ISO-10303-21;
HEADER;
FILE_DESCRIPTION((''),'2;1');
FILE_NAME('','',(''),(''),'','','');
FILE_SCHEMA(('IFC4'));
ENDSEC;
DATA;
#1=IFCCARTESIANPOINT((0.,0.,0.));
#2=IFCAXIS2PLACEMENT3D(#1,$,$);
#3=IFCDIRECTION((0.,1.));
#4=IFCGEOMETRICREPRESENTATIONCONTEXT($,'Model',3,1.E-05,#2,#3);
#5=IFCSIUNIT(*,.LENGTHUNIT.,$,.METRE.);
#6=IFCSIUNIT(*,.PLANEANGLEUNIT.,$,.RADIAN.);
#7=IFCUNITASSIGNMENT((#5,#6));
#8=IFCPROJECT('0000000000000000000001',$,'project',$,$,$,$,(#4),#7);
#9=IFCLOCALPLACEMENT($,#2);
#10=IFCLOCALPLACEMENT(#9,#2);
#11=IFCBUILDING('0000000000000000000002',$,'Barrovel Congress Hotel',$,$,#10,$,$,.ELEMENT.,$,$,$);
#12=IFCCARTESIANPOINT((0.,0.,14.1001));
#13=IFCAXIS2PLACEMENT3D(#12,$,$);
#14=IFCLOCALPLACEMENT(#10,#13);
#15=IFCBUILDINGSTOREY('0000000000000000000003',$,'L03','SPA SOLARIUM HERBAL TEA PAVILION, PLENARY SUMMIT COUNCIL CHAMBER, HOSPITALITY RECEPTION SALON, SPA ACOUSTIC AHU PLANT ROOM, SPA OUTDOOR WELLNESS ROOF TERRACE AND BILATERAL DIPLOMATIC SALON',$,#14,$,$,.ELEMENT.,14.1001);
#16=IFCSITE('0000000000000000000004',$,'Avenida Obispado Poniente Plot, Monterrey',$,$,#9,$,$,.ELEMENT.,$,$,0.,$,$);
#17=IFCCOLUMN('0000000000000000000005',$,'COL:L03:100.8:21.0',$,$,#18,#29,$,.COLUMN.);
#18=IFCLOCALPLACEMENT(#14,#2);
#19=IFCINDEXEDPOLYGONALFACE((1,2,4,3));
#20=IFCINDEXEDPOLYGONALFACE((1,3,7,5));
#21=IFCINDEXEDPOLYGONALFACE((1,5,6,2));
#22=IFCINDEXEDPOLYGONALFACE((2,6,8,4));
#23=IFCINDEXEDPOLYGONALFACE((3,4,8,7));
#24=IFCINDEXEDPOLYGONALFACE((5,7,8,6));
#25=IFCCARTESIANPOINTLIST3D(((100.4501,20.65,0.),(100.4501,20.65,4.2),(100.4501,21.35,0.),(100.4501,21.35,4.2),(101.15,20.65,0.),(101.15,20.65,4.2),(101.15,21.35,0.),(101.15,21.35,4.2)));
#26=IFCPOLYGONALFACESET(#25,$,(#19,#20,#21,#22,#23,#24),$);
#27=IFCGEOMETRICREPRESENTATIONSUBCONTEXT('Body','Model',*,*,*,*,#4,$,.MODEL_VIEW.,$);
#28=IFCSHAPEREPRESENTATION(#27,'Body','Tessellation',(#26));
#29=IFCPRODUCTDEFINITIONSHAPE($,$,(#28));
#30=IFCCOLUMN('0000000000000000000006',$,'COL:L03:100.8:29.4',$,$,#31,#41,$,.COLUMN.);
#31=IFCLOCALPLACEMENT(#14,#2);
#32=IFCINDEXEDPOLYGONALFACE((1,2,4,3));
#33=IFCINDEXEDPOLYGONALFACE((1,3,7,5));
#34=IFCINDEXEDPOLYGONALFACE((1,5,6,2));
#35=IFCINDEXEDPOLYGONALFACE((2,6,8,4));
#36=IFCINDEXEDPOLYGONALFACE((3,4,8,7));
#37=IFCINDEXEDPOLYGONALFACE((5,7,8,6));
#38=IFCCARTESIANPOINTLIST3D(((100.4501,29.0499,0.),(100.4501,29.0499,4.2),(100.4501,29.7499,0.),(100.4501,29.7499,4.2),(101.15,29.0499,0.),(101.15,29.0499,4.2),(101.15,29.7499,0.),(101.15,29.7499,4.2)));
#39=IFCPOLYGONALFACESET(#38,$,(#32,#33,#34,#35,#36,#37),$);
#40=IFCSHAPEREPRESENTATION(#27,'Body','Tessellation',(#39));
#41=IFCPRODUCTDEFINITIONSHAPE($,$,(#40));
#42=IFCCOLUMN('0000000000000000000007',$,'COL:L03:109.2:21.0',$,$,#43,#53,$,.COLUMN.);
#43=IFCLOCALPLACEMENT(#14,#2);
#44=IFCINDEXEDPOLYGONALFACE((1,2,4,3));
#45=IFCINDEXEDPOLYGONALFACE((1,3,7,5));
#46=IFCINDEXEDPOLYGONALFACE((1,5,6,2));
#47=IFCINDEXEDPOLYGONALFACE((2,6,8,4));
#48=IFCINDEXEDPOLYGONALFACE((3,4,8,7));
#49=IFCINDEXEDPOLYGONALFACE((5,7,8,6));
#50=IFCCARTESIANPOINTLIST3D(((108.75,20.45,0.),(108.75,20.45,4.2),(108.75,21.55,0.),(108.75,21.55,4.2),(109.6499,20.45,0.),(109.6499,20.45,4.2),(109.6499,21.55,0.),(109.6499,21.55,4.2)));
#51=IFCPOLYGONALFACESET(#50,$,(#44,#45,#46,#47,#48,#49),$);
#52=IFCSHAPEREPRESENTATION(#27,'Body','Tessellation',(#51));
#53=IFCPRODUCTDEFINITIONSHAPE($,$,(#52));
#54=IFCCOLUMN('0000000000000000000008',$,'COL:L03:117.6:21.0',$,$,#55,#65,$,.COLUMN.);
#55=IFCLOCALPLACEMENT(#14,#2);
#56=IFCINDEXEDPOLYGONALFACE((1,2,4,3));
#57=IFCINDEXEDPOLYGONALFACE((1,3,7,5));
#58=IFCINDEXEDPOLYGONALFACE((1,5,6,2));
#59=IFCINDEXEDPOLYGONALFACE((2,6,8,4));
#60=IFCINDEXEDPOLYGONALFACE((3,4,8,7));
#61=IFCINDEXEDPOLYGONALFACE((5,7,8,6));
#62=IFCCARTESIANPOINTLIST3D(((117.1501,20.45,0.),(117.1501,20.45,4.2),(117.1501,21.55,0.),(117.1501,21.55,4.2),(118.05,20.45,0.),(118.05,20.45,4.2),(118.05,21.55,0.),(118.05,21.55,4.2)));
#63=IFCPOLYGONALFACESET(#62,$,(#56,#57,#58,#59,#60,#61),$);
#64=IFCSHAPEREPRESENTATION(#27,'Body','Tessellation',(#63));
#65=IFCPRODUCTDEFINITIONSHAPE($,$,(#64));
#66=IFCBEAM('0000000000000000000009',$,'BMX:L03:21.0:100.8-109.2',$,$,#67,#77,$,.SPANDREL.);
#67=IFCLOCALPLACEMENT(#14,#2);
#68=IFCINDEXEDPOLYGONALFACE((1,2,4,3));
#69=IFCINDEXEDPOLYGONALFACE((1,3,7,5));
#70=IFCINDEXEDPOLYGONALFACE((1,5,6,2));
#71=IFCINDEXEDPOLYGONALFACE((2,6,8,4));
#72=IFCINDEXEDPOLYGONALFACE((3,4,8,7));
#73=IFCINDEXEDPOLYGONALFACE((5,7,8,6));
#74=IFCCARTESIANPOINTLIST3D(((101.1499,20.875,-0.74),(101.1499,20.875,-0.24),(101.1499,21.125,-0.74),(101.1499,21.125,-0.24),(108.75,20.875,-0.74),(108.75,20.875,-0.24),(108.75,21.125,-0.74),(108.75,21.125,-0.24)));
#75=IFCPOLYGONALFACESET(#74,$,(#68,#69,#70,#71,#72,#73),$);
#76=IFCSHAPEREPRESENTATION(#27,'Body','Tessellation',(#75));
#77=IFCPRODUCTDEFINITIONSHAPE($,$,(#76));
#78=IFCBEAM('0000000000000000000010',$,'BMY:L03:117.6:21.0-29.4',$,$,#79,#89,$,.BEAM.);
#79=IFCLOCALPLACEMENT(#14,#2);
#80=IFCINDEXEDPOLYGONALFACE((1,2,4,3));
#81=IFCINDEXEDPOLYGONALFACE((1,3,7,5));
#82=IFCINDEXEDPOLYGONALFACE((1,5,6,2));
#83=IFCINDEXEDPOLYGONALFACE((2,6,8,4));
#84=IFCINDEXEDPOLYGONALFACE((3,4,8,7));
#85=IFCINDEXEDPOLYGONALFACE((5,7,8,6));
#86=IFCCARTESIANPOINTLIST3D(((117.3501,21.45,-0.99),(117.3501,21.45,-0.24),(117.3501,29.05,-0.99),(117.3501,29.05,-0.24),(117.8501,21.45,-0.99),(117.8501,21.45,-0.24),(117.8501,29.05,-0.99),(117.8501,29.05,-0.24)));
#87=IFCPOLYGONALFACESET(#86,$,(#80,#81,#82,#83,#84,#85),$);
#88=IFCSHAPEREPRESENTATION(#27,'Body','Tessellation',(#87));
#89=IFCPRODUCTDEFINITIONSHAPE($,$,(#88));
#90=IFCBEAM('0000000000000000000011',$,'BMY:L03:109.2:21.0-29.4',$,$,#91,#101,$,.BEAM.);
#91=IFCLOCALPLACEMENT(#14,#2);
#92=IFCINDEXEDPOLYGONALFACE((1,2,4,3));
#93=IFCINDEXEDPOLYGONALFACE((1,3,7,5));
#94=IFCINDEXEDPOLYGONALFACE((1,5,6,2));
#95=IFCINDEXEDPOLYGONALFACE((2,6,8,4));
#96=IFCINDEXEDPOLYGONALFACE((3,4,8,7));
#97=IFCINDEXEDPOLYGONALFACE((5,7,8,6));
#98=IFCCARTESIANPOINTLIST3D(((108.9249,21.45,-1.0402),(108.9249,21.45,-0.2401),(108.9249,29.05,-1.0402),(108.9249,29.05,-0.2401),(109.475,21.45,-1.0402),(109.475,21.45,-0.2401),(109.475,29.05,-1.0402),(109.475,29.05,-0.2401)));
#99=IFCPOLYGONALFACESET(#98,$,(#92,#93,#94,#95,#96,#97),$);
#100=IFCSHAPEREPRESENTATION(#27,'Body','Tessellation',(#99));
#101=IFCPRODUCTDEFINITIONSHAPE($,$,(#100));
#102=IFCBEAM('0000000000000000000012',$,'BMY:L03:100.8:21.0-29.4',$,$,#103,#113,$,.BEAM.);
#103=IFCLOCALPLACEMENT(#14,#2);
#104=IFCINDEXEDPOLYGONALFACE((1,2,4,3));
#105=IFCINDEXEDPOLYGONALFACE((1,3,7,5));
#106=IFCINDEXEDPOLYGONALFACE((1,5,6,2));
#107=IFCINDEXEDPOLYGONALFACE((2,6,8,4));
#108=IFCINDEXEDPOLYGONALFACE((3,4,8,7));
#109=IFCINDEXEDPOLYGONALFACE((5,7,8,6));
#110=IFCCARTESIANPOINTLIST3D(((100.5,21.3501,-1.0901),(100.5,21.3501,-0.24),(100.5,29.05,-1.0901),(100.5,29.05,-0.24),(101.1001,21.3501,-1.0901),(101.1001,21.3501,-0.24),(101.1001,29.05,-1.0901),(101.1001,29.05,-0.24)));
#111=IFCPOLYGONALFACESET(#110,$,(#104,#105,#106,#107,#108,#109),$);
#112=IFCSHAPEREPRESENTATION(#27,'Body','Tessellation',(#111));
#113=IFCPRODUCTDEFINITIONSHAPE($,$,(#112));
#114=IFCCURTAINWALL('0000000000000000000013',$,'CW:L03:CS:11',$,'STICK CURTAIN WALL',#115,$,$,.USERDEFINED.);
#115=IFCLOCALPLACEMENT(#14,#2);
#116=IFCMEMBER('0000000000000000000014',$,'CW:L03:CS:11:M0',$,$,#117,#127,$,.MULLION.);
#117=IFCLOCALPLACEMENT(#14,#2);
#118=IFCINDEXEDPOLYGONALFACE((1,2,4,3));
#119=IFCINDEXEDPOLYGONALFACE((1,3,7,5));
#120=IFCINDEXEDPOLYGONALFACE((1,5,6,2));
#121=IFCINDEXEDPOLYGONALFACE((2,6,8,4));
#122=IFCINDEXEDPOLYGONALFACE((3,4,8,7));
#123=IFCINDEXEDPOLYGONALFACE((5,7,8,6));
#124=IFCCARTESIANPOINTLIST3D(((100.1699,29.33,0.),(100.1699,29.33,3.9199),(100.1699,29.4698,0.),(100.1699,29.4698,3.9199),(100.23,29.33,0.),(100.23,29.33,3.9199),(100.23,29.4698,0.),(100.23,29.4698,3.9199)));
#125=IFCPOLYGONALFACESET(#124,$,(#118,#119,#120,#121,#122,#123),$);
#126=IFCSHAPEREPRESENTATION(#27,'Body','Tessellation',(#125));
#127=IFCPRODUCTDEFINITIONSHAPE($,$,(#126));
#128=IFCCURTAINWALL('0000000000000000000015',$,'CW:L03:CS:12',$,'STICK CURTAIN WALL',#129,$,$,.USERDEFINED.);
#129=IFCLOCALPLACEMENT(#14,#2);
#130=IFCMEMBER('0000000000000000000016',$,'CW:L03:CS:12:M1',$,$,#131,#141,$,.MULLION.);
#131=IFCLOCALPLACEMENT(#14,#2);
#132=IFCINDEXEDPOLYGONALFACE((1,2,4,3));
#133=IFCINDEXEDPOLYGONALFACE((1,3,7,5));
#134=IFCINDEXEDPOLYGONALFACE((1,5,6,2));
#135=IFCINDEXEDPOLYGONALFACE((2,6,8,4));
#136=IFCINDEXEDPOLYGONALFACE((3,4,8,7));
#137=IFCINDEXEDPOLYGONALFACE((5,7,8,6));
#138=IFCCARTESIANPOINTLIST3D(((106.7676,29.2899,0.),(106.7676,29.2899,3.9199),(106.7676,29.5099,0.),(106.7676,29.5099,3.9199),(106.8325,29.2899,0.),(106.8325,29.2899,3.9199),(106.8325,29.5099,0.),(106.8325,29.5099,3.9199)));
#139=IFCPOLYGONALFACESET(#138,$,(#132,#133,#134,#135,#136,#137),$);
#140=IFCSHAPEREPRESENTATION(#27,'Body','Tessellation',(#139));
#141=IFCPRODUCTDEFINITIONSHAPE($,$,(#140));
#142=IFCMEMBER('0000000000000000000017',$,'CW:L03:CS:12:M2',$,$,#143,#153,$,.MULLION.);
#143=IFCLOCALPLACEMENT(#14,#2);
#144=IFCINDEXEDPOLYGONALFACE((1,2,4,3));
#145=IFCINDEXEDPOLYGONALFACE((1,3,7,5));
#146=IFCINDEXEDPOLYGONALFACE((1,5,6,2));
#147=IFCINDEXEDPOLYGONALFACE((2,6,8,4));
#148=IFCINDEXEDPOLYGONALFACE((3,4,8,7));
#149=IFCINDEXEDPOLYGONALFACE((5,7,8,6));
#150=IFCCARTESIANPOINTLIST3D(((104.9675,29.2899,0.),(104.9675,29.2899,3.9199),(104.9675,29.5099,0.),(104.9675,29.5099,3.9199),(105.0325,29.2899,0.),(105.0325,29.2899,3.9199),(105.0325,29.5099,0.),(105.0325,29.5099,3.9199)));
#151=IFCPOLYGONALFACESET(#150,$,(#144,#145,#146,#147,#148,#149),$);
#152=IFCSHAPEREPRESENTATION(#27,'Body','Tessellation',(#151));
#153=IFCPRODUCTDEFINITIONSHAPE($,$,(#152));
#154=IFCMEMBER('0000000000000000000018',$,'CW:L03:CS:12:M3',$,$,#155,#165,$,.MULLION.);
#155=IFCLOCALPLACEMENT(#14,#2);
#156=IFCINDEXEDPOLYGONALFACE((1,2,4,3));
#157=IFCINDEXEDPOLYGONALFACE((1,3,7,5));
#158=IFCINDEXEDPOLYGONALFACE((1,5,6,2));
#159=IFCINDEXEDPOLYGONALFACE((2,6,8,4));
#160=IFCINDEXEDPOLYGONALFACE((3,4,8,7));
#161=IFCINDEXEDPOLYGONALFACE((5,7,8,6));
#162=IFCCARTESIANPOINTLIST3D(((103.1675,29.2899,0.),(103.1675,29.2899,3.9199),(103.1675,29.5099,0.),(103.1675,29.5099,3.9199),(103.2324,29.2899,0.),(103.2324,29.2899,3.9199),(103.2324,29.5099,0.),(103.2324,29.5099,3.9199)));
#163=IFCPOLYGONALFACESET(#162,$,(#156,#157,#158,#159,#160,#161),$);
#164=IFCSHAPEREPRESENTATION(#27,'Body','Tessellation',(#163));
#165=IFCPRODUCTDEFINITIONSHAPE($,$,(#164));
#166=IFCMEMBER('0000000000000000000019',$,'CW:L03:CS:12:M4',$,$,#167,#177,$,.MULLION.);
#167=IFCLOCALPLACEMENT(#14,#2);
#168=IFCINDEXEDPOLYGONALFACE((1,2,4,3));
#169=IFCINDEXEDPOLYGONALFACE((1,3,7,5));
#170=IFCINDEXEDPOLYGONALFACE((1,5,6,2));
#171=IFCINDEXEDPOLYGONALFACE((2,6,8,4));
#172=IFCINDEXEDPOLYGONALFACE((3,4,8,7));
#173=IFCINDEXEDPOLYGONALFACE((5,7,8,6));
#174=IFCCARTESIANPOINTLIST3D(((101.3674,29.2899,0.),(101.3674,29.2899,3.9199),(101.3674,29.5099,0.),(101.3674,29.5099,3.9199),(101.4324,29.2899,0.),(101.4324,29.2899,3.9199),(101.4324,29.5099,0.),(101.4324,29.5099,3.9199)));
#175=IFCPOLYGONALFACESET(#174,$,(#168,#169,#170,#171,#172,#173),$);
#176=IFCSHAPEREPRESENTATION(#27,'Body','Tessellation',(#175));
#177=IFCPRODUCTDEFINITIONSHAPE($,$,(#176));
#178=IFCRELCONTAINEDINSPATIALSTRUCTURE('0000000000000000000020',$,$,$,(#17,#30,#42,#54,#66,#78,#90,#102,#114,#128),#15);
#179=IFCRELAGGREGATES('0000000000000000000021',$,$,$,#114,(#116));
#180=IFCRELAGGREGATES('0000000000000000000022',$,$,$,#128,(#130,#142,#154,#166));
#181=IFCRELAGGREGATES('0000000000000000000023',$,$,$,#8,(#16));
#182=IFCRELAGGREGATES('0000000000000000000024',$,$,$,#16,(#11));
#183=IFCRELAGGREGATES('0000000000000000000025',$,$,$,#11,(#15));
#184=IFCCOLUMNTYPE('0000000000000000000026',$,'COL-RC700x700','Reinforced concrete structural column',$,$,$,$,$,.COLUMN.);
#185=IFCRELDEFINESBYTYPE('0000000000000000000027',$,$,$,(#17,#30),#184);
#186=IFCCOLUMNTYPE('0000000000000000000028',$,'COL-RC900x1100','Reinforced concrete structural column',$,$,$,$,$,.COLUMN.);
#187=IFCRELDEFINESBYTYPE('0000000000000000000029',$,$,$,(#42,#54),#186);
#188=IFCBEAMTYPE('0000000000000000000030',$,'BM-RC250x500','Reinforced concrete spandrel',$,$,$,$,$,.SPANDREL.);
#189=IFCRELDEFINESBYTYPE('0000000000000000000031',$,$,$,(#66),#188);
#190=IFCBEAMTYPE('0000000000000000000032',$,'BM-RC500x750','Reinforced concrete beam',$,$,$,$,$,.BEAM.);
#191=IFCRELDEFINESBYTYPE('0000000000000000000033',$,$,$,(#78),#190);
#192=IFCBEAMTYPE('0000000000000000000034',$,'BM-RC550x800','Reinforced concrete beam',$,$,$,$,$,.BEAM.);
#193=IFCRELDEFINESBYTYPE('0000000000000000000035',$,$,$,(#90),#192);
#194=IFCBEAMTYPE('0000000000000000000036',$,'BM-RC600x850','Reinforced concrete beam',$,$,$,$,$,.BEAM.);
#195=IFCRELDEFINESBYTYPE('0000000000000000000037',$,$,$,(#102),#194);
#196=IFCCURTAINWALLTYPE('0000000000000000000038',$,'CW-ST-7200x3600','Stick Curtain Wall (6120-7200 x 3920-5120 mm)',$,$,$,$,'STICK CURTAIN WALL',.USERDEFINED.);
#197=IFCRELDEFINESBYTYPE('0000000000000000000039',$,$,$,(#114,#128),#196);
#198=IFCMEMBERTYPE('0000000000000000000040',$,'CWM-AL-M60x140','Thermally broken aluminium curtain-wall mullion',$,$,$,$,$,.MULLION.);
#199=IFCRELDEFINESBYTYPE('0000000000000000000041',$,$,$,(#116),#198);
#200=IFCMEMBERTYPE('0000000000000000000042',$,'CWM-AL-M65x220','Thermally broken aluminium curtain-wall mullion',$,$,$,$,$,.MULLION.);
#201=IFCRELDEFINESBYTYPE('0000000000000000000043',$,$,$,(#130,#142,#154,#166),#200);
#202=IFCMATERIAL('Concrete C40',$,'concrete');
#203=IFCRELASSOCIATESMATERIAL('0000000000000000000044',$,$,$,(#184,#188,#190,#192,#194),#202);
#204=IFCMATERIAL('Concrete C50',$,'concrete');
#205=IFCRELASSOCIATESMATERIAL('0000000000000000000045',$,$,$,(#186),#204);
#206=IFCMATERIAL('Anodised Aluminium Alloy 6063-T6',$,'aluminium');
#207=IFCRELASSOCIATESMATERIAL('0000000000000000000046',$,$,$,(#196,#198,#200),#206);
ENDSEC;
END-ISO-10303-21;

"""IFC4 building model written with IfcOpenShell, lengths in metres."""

from ifc_helpers import new_model, si_unit, direction, frame, origin, origin_2d, place, context, subcontext, project, spatial, rectangle, extrude, material, material_profile, profile_set, type_object, element, aggregate, save


model = new_model("IFC4")

# Units and contexts
model_context = context("Model", 3, precision=1e-05, world=origin(), true_north=direction((0.0, 1.0)))
body_context = subcontext(model_context, "Body", "Model", "MODEL_VIEW")
ifc_project = project(units=[si_unit("LENGTHUNIT", "METRE"), si_unit("PLANEANGLEUNIT", "RADIAN")], contexts=[model_context])

# Site, building, storey
site_placement = place(None, origin())
site = spatial("IfcSite", under=ifc_project, at=site_placement, Name="Avenida Obispado Poniente Plot, Monterrey", CompositionType="ELEMENT", RefElevation=0.0)
building_placement = place(site_placement, origin())
building = spatial("IfcBuilding", under=site, at=building_placement, Name="Barrovel Congress Hotel", CompositionType="ELEMENT")
storey_placement = place(building_placement, frame((0.0, 0.0, 14.1001)))
storey = spatial("IfcBuildingStorey", under=building, at=storey_placement, Name="L03", Description="SPA SOLARIUM HERBAL TEA PAVILION, PLENARY SUMMIT COUNCIL CHAMBER, HOSPITALITY RECEPTION SALON, SPA ACOUSTIC AHU PLANT ROOM, SPA OUTDOOR WELLNESS ROOF TERRACE AND BILATERAL DIPLOMATIC SALON", CompositionType="ELEMENT", Elevation=14.1001)

# Columns
ifc_material_1 = material(Name="Concrete C40", Category="concrete")
ifc_material_profile_1 = material_profile(ifc_material_1, rectangle(XDim=0.7, YDim=0.7, at=origin_2d()), Name="RC700x700")
ifc_profile_set_1 = profile_set([ifc_material_profile_1], Name="Concrete C40")
column_type_1 = type_object("IfcColumnType", Name="COL-RC700x700", Description="Reinforced concrete structural column", PredefinedType="COLUMN", material=ifc_profile_set_1)
for number, where, z_axis, x_axis, name in (
    (1, (100.8, 21.0, 0.0), (0.0, 0.0, 1.0), (1.0, 0.0, 0.0), "COL:L03:100.8:21.0"),
    (2, (100.8, 29.3999, 0.0), (0.0, 0.0, 1.0), (1.0, 0.0, 0.0), "COL:L03:100.8:29.4"),
):
    element("IfcColumn", number, at=place(storey_placement, frame(where, z_axis=z_axis, x_axis=x_axis)), inside=storey, type_object=column_type_1, Name=name, PredefinedType="COLUMN", context=body_context, shape_type="SweptSolid", body=[
        extrude(rectangle(XDim=0.7, YDim=0.7, at=origin_2d()), origin(), (0.0, 0.0, 1.0), 4.2),
    ])
ifc_material_2 = material(Name="Concrete C50", Category="concrete")
ifc_material_profile_2 = material_profile(ifc_material_2, rectangle(XDim=0.8999, YDim=1.1001, at=origin_2d()), Name="RC900x1100")
ifc_profile_set_2 = profile_set([ifc_material_profile_2], Name="Concrete C50")
column_type_2 = type_object("IfcColumnType", Name="COL-RC900x1100", Description="Reinforced concrete structural column", PredefinedType="COLUMN", material=ifc_profile_set_2)
for number, where, z_axis, x_axis, name in (
    (3, (109.2, 21.0, 0.0), (0.0, 0.0, 1.0), (1.0, 0.0, 0.0), "COL:L03:109.2:21.0"),
    (4, (117.6001, 21.0, 0.0), (0.0, 0.0, 1.0), (1.0, 0.0, 0.0), "COL:L03:117.6:21.0"),
):
    element("IfcColumn", number, at=place(storey_placement, frame(where, z_axis=z_axis, x_axis=x_axis)), inside=storey, type_object=column_type_2, Name=name, PredefinedType="COLUMN", context=body_context, shape_type="SweptSolid", body=[
        extrude(rectangle(XDim=0.8999, YDim=1.1001, at=origin_2d()), origin(), (0.0, 0.0, 1.0), 4.2),
    ])

# Beams
ifc_material_profile_3 = material_profile(ifc_material_1, rectangle(XDim=0.25, YDim=0.5, at=origin_2d()), Name="RC250x500")
ifc_profile_set_3 = profile_set([ifc_material_profile_3], Name="Concrete C40")
beam_type_1 = type_object("IfcBeamType", Name="BM-RC250x500", Description="Reinforced concrete spandrel", PredefinedType="SPANDREL", material=ifc_profile_set_3)
beam_1_placement = place(storey_placement, frame((101.1499, 21.0, -0.49), z_axis=(1.0, 0.0, 0.0), x_axis=(0.0, 1.0, 0.0)))
element("IfcBeam", 5, at=beam_1_placement, inside=storey, type_object=beam_type_1, Name="BMX:L03:21.0:100.8-109.2", PredefinedType="SPANDREL", context=body_context, shape_type="SweptSolid", body=[
    extrude(rectangle(XDim=0.25, YDim=0.5, at=origin_2d()), origin(), (0.0, 0.0, 1.0), 7.6001),
])
ifc_material_profile_4 = material_profile(ifc_material_1, rectangle(XDim=0.5, YDim=0.75, at=origin_2d()), Name="RC500x750")
ifc_profile_set_4 = profile_set([ifc_material_profile_4], Name="Concrete C40")
beam_type_2 = type_object("IfcBeamType", Name="BM-RC500x750", Description="Reinforced concrete beam", PredefinedType="BEAM", material=ifc_profile_set_4)
beam_2_placement = place(storey_placement, frame((117.6001, 21.45, -0.615), z_axis=(0.0, 1.0, 0.0), x_axis=(-1.0, 0.0, 0.0)))
element("IfcBeam", 6, at=beam_2_placement, inside=storey, type_object=beam_type_2, Name="BMY:L03:117.6:21.0-29.4", PredefinedType="BEAM", context=body_context, shape_type="SweptSolid", body=[
    extrude(rectangle(XDim=0.5, YDim=0.75, at=origin_2d()), origin(), (0.0, 0.0, 1.0), 7.6001),
])
ifc_material_profile_5 = material_profile(ifc_material_1, rectangle(XDim=0.55, YDim=0.8, at=origin_2d()), Name="RC550x800")
ifc_profile_set_5 = profile_set([ifc_material_profile_5], Name="Concrete C40")
beam_type_3 = type_object("IfcBeamType", Name="BM-RC550x800", Description="Reinforced concrete beam", PredefinedType="BEAM", material=ifc_profile_set_5)
beam_3_placement = place(storey_placement, frame((109.2, 21.45, -0.6401), z_axis=(0.0, 1.0, 0.0), x_axis=(-1.0, 0.0, 0.0)))
element("IfcBeam", 7, at=beam_3_placement, inside=storey, type_object=beam_type_3, Name="BMY:L03:109.2:21.0-29.4", PredefinedType="BEAM", context=body_context, shape_type="SweptSolid", body=[
    extrude(rectangle(XDim=0.55, YDim=0.8, at=origin_2d()), origin(), (0.0, 0.0, 1.0), 7.6001),
])
ifc_material_profile_6 = material_profile(ifc_material_1, rectangle(XDim=0.6001, YDim=0.8501, at=origin_2d()), Name="RC600x850")
ifc_profile_set_6 = profile_set([ifc_material_profile_6], Name="Concrete C40")
beam_type_4 = type_object("IfcBeamType", Name="BM-RC600x850", Description="Reinforced concrete beam", PredefinedType="BEAM", material=ifc_profile_set_6)
beam_4_placement = place(storey_placement, frame((100.8, 21.3501, -0.665), z_axis=(0.0, 1.0, 0.0), x_axis=(-1.0, 0.0, 0.0)))
element("IfcBeam", 8, at=beam_4_placement, inside=storey, type_object=beam_type_4, Name="BMY:L03:100.8:21.0-29.4", PredefinedType="BEAM", context=body_context, shape_type="SweptSolid", body=[
    extrude(rectangle(XDim=0.6001, YDim=0.8501, at=origin_2d()), origin(), (0.0, 0.0, 1.0), 7.7),
])

# Curtain wall, member
ifc_material_3 = material(Name="Anodised Aluminium Alloy 6063-T6", Category="aluminium")
curtain_wall_type = type_object("IfcCurtainWallType", Name="CW-ST-7200x3600", Description="Stick Curtain Wall (6120-7200 x 3920-5120 mm)", ElementType="STICK CURTAIN WALL", PredefinedType="USERDEFINED", material=ifc_material_3)
curtain_wall_1_placement = place(storey_placement, origin())
curtain_wall_1 = element("IfcCurtainWall", 9, at=curtain_wall_1_placement, inside=storey, type_object=curtain_wall_type, Name="CW:L03:CS:11", ObjectType="STICK CURTAIN WALL", PredefinedType="USERDEFINED")
ifc_material_profile_7 = material_profile(ifc_material_3, rectangle(XDim=0.0601, YDim=0.1399, at=origin_2d()), Name="AL-M60x140")
ifc_profile_set_7 = profile_set([ifc_material_profile_7], Name="Anodised Aluminium Alloy 6063-T6")
member_type_1 = type_object("IfcMemberType", Name="CWM-AL-M60x140", Description="Thermally broken aluminium curtain-wall mullion", PredefinedType="MULLION", material=ifc_profile_set_7)
member_1_placement = place(storey_placement, frame((100.2, 29.3999, 0.0), z_axis=(0.0, 0.0, 1.0), x_axis=(1.0, 0.0, 0.0)))
member_1 = element("IfcMember", 10, at=member_1_placement, type_object=member_type_1, Name="CW:L03:CS:11:M0", PredefinedType="MULLION", context=body_context, shape_type="SweptSolid", body=[
    extrude(rectangle(XDim=0.0601, YDim=0.1399, at=origin_2d()), origin(), (0.0, 0.0, 1.0), 3.9199),
])

# Curtain wall, members
curtain_wall_2_placement = place(storey_placement, origin())
curtain_wall_2 = element("IfcCurtainWall", 11, at=curtain_wall_2_placement, inside=storey, type_object=curtain_wall_type, Name="CW:L03:CS:12", ObjectType="STICK CURTAIN WALL", PredefinedType="USERDEFINED")
ifc_material_profile_8 = material_profile(ifc_material_3, rectangle(XDim=0.0649, YDim=0.22, at=origin_2d()), Name="AL-M65x220")
ifc_profile_set_8 = profile_set([ifc_material_profile_8], Name="Anodised Aluminium Alloy 6063-T6")
member_type_2 = type_object("IfcMemberType", Name="CWM-AL-M65x220", Description="Thermally broken aluminium curtain-wall mullion", PredefinedType="MULLION", material=ifc_profile_set_8)
member_2_placement = place(storey_placement, frame((106.8, 29.3999, 0.0), z_axis=(0.0, 0.0, 1.0), x_axis=(1.0, 0.0, 0.0)))
member_2 = element("IfcMember", 12, at=member_2_placement, type_object=member_type_2, Name="CW:L03:CS:12:M1", PredefinedType="MULLION", context=body_context, shape_type="SweptSolid", body=[
    extrude(rectangle(XDim=0.0649, YDim=0.22, at=origin_2d()), origin(), (0.0, 0.0, 1.0), 3.9199),
])
member_3_placement = place(storey_placement, frame((105.0, 29.3999, 0.0), z_axis=(0.0, 0.0, 1.0), x_axis=(1.0, 0.0, 0.0)))
member_3 = element("IfcMember", 13, at=member_3_placement, type_object=member_type_2, Name="CW:L03:CS:12:M2", PredefinedType="MULLION", context=body_context, shape_type="SweptSolid", body=[
    extrude(rectangle(XDim=0.0649, YDim=0.22, at=origin_2d()), origin(), (0.0, 0.0, 1.0), 3.9199),
])
member_4_placement = place(storey_placement, frame((103.2, 29.3999, 0.0), z_axis=(0.0, 0.0, 1.0), x_axis=(1.0, 0.0, 0.0)))
member_4 = element("IfcMember", 14, at=member_4_placement, type_object=member_type_2, Name="CW:L03:CS:12:M3", PredefinedType="MULLION", context=body_context, shape_type="SweptSolid", body=[
    extrude(rectangle(XDim=0.0649, YDim=0.22, at=origin_2d()), origin(), (0.0, 0.0, 1.0), 3.9199),
])
member_5_placement = place(storey_placement, frame((101.3999, 29.3999, 0.0), z_axis=(0.0, 0.0, 1.0), x_axis=(1.0, 0.0, 0.0)))
member_5 = element("IfcMember", 15, at=member_5_placement, type_object=member_type_2, Name="CW:L03:CS:12:M4", PredefinedType="MULLION", context=body_context, shape_type="SweptSolid", body=[
    extrude(rectangle(XDim=0.0649, YDim=0.22, at=origin_2d()), origin(), (0.0, 0.0, 1.0), 3.9199),
])

aggregate(curtain_wall_1, [member_1])
aggregate(curtain_wall_2, [member_2, member_3, member_4, member_5])

save(model, "model.ifc")
